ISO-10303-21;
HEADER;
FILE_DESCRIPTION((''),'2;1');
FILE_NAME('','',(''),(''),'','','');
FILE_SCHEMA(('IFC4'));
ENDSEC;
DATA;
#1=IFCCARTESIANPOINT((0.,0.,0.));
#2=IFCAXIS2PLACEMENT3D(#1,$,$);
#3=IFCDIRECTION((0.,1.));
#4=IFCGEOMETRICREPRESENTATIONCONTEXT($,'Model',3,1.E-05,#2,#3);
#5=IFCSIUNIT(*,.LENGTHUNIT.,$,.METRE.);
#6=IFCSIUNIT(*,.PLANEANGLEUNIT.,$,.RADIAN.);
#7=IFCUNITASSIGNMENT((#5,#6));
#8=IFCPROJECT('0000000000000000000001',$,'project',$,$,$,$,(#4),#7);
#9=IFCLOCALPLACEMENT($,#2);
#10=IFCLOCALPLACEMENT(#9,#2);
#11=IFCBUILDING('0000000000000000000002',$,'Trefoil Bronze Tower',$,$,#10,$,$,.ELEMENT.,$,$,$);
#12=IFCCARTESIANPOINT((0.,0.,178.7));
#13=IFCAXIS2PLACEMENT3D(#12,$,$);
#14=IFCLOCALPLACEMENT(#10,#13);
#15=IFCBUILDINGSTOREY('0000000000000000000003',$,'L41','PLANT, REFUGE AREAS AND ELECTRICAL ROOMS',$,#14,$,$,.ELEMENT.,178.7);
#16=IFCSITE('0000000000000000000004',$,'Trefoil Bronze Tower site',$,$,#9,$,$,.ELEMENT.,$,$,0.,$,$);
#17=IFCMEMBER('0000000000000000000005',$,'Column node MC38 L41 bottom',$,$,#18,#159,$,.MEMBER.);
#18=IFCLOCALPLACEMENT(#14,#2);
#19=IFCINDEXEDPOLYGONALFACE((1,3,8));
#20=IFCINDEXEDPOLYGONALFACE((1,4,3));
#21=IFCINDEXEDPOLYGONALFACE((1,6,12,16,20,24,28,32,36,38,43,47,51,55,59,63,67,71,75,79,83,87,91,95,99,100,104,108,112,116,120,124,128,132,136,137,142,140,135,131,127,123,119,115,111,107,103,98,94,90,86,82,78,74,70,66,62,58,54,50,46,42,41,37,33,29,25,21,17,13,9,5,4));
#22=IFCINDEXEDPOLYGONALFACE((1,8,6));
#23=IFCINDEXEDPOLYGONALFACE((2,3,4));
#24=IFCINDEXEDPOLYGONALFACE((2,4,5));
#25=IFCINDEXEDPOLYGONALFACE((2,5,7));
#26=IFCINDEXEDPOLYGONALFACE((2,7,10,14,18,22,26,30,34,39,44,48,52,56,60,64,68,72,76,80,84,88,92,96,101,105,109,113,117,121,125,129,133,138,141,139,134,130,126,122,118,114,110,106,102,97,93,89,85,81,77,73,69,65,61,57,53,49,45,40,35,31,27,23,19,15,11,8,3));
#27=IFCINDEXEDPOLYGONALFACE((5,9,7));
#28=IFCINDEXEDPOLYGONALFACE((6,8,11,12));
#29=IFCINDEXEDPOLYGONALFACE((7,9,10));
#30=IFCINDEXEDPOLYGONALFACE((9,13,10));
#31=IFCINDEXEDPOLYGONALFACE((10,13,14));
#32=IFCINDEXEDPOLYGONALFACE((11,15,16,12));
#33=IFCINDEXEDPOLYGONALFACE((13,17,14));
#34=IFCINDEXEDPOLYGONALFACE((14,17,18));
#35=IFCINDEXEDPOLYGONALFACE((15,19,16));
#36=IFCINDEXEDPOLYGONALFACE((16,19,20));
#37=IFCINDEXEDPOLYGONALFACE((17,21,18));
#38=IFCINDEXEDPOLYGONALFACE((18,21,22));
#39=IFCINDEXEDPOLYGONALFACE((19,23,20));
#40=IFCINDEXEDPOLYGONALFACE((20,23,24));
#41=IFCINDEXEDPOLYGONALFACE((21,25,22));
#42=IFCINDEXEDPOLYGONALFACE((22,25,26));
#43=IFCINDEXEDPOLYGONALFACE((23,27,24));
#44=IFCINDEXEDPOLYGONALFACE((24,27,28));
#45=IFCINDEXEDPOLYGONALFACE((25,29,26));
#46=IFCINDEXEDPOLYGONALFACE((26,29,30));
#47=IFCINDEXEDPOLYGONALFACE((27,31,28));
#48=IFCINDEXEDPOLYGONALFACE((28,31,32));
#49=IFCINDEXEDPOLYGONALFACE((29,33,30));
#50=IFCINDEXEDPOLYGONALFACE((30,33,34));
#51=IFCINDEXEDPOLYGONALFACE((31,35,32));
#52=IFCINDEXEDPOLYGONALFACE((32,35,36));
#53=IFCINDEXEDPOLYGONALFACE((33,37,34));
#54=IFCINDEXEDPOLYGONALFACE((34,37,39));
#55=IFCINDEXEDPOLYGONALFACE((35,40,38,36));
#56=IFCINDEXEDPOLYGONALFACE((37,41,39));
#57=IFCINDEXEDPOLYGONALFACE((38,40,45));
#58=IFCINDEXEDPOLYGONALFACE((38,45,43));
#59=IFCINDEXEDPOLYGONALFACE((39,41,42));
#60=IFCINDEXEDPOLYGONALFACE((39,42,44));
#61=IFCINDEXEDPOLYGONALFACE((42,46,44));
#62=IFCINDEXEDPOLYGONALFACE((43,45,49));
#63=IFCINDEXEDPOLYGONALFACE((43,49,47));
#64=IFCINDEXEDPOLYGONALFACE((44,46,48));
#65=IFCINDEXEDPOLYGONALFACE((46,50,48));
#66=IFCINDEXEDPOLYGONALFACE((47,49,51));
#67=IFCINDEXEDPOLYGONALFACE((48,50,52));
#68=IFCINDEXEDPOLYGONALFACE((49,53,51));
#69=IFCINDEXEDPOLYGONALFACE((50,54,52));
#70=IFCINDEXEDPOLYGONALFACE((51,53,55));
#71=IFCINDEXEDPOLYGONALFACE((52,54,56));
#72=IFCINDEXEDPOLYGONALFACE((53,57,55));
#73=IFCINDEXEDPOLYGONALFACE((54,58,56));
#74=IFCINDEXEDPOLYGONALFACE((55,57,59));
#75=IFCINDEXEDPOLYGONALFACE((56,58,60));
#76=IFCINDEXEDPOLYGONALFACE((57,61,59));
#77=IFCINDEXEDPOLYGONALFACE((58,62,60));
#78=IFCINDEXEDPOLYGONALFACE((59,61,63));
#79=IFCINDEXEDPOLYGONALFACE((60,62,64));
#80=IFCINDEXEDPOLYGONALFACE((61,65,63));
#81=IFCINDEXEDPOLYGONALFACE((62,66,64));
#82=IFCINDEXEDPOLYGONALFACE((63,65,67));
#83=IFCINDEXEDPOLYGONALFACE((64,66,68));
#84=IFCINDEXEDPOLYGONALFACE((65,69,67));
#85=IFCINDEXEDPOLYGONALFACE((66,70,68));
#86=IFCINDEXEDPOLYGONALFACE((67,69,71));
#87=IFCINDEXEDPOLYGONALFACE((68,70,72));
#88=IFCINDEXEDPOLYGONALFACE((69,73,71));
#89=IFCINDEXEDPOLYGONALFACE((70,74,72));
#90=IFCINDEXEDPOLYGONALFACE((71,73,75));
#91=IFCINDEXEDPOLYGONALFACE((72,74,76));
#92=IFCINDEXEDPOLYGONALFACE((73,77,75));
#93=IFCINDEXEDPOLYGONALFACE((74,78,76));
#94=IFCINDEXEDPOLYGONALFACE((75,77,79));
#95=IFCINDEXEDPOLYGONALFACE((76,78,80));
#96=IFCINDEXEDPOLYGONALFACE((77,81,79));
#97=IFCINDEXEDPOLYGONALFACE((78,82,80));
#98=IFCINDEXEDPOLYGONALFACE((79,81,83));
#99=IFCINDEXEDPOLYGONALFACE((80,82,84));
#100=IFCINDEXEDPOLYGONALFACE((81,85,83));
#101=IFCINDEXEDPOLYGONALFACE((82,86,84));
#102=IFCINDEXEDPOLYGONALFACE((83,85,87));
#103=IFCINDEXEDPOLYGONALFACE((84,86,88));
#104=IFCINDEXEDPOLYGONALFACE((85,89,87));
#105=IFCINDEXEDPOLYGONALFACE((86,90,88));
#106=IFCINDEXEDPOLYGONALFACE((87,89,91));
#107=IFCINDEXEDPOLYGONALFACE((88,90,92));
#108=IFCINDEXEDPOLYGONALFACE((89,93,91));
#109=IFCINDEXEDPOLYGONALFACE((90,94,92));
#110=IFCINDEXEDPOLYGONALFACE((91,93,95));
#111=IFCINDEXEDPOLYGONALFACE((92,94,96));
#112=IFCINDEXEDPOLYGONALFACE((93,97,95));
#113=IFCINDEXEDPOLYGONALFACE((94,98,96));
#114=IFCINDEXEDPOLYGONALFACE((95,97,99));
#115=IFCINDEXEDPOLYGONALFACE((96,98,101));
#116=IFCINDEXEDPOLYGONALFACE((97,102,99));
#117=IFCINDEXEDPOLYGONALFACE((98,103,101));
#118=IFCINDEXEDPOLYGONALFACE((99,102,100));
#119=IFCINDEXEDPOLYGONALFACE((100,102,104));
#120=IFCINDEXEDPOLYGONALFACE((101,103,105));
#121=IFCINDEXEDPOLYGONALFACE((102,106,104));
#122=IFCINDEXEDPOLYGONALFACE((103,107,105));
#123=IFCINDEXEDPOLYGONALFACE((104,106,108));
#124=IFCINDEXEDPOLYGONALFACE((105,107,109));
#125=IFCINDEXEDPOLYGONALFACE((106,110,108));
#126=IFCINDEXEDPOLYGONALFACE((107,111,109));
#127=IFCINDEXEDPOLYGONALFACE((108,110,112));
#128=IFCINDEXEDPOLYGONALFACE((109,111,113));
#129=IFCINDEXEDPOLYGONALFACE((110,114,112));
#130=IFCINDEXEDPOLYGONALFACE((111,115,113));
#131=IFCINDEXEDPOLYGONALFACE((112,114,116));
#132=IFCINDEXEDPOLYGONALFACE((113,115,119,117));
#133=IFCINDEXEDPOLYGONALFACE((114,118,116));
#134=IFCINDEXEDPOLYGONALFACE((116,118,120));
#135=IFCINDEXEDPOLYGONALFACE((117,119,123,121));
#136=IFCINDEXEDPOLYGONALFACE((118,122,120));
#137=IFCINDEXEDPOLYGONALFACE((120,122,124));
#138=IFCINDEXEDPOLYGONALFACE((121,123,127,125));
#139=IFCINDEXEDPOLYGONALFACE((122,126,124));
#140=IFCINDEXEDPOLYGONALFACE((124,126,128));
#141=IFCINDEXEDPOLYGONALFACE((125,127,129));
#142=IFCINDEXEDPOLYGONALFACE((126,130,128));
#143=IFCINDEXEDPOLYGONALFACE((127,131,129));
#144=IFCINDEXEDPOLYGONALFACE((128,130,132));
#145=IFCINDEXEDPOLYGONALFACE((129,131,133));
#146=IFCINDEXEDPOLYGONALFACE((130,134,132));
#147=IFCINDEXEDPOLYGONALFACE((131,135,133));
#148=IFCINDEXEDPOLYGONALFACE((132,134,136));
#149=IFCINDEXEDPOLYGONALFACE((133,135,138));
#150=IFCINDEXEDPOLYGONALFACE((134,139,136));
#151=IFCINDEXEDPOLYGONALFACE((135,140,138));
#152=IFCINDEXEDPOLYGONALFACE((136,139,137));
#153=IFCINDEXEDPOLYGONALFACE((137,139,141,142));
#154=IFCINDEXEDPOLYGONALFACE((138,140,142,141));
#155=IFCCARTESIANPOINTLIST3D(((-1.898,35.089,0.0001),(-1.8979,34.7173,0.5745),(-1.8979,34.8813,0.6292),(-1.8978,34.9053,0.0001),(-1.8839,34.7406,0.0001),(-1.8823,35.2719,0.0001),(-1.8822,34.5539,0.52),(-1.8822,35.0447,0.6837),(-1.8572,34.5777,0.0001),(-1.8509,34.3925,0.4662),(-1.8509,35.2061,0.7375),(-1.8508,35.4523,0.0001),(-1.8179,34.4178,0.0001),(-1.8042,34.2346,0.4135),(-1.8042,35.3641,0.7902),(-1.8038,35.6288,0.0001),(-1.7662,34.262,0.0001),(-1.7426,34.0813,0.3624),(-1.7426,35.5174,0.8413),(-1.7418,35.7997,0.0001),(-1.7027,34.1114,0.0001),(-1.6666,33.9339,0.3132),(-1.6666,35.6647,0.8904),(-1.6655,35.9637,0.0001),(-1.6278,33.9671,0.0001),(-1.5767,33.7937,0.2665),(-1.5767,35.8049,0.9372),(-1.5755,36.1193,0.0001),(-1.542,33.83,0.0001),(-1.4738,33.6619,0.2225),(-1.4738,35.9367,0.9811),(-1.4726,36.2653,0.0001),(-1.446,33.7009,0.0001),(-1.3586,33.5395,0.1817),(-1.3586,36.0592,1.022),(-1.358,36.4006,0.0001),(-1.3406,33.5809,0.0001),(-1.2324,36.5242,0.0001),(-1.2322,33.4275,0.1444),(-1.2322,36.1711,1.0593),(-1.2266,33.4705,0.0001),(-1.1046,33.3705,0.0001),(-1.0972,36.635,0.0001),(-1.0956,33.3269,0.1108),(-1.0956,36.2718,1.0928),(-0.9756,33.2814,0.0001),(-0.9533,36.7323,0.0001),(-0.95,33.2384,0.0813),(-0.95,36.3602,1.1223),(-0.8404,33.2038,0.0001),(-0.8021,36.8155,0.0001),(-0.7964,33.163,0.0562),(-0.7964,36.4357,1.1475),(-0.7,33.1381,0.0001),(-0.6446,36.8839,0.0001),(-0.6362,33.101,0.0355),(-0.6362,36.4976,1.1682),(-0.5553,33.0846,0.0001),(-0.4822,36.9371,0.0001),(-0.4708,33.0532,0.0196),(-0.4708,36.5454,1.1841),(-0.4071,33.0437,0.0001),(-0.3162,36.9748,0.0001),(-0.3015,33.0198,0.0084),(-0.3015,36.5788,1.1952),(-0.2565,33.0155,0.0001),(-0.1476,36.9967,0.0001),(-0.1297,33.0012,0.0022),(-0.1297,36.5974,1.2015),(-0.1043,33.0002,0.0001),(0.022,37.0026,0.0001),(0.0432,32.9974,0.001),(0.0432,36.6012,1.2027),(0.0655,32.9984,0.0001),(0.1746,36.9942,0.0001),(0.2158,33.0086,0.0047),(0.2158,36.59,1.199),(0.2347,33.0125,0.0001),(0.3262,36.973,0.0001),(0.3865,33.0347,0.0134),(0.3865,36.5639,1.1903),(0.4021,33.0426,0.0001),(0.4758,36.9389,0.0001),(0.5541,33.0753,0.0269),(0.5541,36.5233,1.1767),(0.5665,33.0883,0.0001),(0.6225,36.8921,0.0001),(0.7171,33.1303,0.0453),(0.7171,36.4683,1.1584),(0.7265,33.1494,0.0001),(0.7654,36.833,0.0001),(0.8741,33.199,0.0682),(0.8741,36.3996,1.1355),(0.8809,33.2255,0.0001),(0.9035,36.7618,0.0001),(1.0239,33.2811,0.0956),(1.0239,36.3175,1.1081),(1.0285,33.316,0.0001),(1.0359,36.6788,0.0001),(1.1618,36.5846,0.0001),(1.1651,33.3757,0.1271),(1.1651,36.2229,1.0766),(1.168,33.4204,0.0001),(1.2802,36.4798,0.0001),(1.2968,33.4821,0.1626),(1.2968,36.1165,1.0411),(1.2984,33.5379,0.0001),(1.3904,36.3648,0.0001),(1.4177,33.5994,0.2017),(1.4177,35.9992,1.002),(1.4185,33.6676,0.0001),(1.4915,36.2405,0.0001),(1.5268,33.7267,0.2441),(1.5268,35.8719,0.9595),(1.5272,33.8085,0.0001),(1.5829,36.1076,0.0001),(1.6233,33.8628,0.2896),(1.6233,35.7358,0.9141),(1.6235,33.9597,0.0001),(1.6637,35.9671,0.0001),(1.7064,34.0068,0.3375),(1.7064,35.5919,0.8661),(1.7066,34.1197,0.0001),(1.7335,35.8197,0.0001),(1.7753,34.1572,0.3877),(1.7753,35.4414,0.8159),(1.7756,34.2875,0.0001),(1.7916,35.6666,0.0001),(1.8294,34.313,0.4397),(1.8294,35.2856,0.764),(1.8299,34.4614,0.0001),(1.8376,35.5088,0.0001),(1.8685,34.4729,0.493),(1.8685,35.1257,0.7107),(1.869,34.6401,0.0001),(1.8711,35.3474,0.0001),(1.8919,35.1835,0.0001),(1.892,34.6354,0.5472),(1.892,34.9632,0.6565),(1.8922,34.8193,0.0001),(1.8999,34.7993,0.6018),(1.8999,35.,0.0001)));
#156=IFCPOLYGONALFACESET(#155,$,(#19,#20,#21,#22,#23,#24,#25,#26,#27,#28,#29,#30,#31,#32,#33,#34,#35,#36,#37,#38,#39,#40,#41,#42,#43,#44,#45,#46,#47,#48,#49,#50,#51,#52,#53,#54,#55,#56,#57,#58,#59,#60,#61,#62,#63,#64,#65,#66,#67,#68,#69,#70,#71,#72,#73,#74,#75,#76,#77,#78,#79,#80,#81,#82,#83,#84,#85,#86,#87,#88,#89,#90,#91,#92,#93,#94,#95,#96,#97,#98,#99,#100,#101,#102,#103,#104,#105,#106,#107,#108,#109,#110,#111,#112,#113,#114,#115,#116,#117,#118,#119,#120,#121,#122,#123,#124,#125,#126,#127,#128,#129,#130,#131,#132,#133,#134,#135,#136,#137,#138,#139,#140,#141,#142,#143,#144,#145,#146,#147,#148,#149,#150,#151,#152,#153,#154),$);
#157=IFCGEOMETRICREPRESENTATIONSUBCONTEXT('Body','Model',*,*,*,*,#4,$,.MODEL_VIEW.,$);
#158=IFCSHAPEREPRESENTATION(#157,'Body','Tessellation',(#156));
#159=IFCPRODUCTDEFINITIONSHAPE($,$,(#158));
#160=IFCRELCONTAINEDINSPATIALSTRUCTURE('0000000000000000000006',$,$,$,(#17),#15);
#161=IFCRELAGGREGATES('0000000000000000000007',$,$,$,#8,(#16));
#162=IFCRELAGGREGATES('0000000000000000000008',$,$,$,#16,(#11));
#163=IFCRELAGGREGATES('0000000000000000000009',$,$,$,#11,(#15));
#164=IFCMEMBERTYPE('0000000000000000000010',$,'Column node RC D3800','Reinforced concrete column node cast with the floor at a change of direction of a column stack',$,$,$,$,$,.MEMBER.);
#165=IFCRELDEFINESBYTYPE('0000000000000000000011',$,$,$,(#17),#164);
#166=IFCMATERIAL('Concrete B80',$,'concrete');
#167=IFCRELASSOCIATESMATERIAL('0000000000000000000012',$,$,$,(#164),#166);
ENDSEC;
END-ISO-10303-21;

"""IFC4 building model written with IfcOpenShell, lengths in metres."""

from ifc_helpers import new_model, si_unit, direction, frame, origin, origin_2d, place, context, subcontext, project, spatial, circle, extrude, clip, halfspace, material, material_profile, profile_set, type_object, element, save


model = new_model("IFC4")

# Units and contexts
model_context = context("Model", 3, precision=1e-05, world=origin(), true_north=direction((0.0, 1.0)))
body_context = subcontext(model_context, "Body", "Model", "MODEL_VIEW")
ifc_project = project(units=[si_unit("LENGTHUNIT", "METRE"), si_unit("PLANEANGLEUNIT", "RADIAN")], contexts=[model_context])

# Site, building, storey
site_placement = place(None, origin())
site = spatial("IfcSite", under=ifc_project, at=site_placement, Name="Trefoil Bronze Tower site", CompositionType="ELEMENT", RefElevation=0.0)
building_placement = place(site_placement, origin())
building = spatial("IfcBuilding", under=site, at=building_placement, Name="Trefoil Bronze Tower", CompositionType="ELEMENT")
storey_placement = place(building_placement, frame((0.0, 0.0, 178.7)))
storey = spatial("IfcBuildingStorey", under=building, at=storey_placement, Name="L41", Description="PLANT, REFUGE AREAS AND ELECTRICAL ROOMS", CompositionType="ELEMENT", Elevation=178.7)

# Member
ifc_material_1 = material(Name="Concrete B80", Category="concrete")
ifc_material_profile_1 = material_profile(ifc_material_1, circle(Radius=1.8999, at=origin_2d()), Name="RC D3800")
ifc_profile_set_1 = profile_set([ifc_material_profile_1], Name="Concrete B80")
member_type_1 = type_object("IfcMemberType", Name="Column node RC D3800", Description="Reinforced concrete column node cast with the floor at a change of direction of a column stack", PredefinedType="MEMBER", material=ifc_profile_set_1)
member_1_placement = place(storey_placement, frame((0.0, 35.2007, -0.6018), z_axis=(0.0, -0.316343, 0.948645), x_axis=(1.0, 0.0, 0.0)))
element("IfcMember", 1, at=member_1_placement, inside=storey, type_object=member_type_1, Name="Column node MC38 L41 bottom", PredefinedType="MEMBER", context=body_context, shape_type="Clipping", body=[
    clip(extrude(circle(Radius=1.8999, at=origin_2d()), origin(), (0.0, 0.0, 1.0), 1.2688), halfspace(frame((0.0, 0.0, 0.6345), z_axis=(0.0, 0.316343, 0.948645), x_axis=(0.0, 0.948645, -0.316343)), True)),
])

save(model, "model.ifc")
